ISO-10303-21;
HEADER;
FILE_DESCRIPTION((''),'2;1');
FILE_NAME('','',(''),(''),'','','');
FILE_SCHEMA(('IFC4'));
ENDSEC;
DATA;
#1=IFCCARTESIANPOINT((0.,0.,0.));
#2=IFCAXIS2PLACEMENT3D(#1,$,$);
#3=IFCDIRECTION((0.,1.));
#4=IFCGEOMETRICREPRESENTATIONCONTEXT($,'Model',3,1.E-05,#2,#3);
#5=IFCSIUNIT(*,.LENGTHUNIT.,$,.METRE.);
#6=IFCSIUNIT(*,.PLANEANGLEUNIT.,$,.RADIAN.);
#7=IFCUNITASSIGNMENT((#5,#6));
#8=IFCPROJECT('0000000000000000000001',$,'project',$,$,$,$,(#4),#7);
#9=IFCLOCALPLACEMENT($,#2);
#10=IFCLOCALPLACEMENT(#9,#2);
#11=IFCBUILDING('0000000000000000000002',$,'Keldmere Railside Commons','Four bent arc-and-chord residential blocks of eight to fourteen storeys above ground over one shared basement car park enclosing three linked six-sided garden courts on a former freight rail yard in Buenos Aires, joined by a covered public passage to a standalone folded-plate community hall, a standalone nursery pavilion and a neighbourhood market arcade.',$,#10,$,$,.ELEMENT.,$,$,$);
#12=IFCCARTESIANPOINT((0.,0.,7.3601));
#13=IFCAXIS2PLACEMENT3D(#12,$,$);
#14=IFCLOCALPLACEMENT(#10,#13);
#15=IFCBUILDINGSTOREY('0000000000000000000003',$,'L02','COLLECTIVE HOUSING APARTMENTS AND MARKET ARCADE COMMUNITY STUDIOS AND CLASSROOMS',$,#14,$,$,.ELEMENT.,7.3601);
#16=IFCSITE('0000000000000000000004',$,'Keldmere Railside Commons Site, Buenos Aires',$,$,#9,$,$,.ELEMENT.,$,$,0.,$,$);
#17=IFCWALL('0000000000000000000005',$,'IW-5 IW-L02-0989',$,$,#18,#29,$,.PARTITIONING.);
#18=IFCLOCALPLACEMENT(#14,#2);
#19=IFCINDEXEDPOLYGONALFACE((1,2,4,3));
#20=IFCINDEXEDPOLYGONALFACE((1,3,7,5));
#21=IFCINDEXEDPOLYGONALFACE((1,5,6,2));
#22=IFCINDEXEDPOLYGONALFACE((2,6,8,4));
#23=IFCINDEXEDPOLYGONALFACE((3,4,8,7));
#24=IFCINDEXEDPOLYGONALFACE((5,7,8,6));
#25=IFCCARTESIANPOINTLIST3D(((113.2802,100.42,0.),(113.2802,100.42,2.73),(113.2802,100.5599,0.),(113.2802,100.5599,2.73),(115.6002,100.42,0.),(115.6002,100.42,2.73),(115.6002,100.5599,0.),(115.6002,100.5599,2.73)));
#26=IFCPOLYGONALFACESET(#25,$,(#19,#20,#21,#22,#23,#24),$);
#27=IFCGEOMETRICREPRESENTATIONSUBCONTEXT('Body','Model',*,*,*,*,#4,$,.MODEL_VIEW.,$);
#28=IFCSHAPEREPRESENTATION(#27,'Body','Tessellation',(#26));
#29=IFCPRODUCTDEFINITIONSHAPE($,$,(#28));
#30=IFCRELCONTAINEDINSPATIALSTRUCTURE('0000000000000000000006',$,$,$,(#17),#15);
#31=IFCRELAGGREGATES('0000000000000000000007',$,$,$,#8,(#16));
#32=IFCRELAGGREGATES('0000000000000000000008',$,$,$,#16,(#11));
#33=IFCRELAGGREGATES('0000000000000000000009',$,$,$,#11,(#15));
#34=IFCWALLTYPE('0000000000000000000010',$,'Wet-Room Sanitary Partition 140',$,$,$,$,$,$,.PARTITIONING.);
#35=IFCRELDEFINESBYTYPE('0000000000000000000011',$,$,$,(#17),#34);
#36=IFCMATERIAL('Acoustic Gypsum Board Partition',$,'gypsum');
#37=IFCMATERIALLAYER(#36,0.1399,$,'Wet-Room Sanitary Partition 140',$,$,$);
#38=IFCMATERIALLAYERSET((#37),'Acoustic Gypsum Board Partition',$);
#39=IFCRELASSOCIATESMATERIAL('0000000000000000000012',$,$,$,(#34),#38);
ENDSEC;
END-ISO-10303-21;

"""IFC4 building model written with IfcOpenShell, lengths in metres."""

from ifc_helpers import new_model, si_unit, direction, frame, frame_2d, origin, place, context, subcontext, project, spatial, rectangle, extrude, material, layer, layer_set, type_object, element, save


model = new_model("IFC4")

# Units and contexts
model_context = context("Model", 3, precision=1e-05, world=origin(), true_north=direction((0.0, 1.0)))
body_context = subcontext(model_context, "Body", "Model", "MODEL_VIEW")
ifc_project = project(units=[si_unit("LENGTHUNIT", "METRE"), si_unit("PLANEANGLEUNIT", "RADIAN")], contexts=[model_context])

# Site, building, storey
site_placement = place(None, origin())
site = spatial("IfcSite", under=ifc_project, at=site_placement, Name="Keldmere Railside Commons Site, Buenos Aires", CompositionType="ELEMENT", RefElevation=0.0)
building_placement = place(site_placement, origin())
building = spatial("IfcBuilding", under=site, at=building_placement, Name="Keldmere Railside Commons", Description="Four bent arc-and-chord residential blocks of eight to fourteen storeys above ground over one shared basement car park enclosing three linked six-sided garden courts on a former freight rail yard in Buenos Aires, joined by a covered public passage to a standalone folded-plate community hall, a standalone nursery pavilion and a neighbourhood market arcade.", CompositionType="ELEMENT")
storey_placement = place(building_placement, frame((0.0, 0.0, 7.3601)))
storey = spatial("IfcBuildingStorey", under=building, at=storey_placement, Name="L02", Description="COLLECTIVE HOUSING APARTMENTS AND MARKET ARCADE COMMUNITY STUDIOS AND CLASSROOMS", CompositionType="ELEMENT", Elevation=7.3601)

# Shared definitions
ifc_material_1 = material(Name="Acoustic Gypsum Board Partition", Category="gypsum")

# Wall
ifc_layer_1 = layer(ifc_material_1, 0.1399, Name="Wet-Room Sanitary Partition 140")
ifc_layer_set_1 = layer_set([ifc_layer_1], Name="Acoustic Gypsum Board Partition")
wall_type_1 = type_object("IfcWallType", Name="Wet-Room Sanitary Partition 140", PredefinedType="PARTITIONING", material=ifc_layer_set_1)
wall_1_placement = place(storey_placement, frame((113.28, 100.49, 0.0), z_axis=(0.0, 0.0, 1.0), x_axis=(1.0, 0.0, 0.0)))
element("IfcWall", 1, at=wall_1_placement, inside=storey, type_object=wall_type_1, Name="IW-5 IW-L02-0989", PredefinedType="PARTITIONING", context=body_context, shape_type="SweptSolid", body=[
    extrude(rectangle(XDim=2.3201, YDim=0.1399, at=frame_2d((1.1602, 0.0))), origin(), (0.0, 0.0, 1.0), 2.73),
])

save(model, "model.ifc")
